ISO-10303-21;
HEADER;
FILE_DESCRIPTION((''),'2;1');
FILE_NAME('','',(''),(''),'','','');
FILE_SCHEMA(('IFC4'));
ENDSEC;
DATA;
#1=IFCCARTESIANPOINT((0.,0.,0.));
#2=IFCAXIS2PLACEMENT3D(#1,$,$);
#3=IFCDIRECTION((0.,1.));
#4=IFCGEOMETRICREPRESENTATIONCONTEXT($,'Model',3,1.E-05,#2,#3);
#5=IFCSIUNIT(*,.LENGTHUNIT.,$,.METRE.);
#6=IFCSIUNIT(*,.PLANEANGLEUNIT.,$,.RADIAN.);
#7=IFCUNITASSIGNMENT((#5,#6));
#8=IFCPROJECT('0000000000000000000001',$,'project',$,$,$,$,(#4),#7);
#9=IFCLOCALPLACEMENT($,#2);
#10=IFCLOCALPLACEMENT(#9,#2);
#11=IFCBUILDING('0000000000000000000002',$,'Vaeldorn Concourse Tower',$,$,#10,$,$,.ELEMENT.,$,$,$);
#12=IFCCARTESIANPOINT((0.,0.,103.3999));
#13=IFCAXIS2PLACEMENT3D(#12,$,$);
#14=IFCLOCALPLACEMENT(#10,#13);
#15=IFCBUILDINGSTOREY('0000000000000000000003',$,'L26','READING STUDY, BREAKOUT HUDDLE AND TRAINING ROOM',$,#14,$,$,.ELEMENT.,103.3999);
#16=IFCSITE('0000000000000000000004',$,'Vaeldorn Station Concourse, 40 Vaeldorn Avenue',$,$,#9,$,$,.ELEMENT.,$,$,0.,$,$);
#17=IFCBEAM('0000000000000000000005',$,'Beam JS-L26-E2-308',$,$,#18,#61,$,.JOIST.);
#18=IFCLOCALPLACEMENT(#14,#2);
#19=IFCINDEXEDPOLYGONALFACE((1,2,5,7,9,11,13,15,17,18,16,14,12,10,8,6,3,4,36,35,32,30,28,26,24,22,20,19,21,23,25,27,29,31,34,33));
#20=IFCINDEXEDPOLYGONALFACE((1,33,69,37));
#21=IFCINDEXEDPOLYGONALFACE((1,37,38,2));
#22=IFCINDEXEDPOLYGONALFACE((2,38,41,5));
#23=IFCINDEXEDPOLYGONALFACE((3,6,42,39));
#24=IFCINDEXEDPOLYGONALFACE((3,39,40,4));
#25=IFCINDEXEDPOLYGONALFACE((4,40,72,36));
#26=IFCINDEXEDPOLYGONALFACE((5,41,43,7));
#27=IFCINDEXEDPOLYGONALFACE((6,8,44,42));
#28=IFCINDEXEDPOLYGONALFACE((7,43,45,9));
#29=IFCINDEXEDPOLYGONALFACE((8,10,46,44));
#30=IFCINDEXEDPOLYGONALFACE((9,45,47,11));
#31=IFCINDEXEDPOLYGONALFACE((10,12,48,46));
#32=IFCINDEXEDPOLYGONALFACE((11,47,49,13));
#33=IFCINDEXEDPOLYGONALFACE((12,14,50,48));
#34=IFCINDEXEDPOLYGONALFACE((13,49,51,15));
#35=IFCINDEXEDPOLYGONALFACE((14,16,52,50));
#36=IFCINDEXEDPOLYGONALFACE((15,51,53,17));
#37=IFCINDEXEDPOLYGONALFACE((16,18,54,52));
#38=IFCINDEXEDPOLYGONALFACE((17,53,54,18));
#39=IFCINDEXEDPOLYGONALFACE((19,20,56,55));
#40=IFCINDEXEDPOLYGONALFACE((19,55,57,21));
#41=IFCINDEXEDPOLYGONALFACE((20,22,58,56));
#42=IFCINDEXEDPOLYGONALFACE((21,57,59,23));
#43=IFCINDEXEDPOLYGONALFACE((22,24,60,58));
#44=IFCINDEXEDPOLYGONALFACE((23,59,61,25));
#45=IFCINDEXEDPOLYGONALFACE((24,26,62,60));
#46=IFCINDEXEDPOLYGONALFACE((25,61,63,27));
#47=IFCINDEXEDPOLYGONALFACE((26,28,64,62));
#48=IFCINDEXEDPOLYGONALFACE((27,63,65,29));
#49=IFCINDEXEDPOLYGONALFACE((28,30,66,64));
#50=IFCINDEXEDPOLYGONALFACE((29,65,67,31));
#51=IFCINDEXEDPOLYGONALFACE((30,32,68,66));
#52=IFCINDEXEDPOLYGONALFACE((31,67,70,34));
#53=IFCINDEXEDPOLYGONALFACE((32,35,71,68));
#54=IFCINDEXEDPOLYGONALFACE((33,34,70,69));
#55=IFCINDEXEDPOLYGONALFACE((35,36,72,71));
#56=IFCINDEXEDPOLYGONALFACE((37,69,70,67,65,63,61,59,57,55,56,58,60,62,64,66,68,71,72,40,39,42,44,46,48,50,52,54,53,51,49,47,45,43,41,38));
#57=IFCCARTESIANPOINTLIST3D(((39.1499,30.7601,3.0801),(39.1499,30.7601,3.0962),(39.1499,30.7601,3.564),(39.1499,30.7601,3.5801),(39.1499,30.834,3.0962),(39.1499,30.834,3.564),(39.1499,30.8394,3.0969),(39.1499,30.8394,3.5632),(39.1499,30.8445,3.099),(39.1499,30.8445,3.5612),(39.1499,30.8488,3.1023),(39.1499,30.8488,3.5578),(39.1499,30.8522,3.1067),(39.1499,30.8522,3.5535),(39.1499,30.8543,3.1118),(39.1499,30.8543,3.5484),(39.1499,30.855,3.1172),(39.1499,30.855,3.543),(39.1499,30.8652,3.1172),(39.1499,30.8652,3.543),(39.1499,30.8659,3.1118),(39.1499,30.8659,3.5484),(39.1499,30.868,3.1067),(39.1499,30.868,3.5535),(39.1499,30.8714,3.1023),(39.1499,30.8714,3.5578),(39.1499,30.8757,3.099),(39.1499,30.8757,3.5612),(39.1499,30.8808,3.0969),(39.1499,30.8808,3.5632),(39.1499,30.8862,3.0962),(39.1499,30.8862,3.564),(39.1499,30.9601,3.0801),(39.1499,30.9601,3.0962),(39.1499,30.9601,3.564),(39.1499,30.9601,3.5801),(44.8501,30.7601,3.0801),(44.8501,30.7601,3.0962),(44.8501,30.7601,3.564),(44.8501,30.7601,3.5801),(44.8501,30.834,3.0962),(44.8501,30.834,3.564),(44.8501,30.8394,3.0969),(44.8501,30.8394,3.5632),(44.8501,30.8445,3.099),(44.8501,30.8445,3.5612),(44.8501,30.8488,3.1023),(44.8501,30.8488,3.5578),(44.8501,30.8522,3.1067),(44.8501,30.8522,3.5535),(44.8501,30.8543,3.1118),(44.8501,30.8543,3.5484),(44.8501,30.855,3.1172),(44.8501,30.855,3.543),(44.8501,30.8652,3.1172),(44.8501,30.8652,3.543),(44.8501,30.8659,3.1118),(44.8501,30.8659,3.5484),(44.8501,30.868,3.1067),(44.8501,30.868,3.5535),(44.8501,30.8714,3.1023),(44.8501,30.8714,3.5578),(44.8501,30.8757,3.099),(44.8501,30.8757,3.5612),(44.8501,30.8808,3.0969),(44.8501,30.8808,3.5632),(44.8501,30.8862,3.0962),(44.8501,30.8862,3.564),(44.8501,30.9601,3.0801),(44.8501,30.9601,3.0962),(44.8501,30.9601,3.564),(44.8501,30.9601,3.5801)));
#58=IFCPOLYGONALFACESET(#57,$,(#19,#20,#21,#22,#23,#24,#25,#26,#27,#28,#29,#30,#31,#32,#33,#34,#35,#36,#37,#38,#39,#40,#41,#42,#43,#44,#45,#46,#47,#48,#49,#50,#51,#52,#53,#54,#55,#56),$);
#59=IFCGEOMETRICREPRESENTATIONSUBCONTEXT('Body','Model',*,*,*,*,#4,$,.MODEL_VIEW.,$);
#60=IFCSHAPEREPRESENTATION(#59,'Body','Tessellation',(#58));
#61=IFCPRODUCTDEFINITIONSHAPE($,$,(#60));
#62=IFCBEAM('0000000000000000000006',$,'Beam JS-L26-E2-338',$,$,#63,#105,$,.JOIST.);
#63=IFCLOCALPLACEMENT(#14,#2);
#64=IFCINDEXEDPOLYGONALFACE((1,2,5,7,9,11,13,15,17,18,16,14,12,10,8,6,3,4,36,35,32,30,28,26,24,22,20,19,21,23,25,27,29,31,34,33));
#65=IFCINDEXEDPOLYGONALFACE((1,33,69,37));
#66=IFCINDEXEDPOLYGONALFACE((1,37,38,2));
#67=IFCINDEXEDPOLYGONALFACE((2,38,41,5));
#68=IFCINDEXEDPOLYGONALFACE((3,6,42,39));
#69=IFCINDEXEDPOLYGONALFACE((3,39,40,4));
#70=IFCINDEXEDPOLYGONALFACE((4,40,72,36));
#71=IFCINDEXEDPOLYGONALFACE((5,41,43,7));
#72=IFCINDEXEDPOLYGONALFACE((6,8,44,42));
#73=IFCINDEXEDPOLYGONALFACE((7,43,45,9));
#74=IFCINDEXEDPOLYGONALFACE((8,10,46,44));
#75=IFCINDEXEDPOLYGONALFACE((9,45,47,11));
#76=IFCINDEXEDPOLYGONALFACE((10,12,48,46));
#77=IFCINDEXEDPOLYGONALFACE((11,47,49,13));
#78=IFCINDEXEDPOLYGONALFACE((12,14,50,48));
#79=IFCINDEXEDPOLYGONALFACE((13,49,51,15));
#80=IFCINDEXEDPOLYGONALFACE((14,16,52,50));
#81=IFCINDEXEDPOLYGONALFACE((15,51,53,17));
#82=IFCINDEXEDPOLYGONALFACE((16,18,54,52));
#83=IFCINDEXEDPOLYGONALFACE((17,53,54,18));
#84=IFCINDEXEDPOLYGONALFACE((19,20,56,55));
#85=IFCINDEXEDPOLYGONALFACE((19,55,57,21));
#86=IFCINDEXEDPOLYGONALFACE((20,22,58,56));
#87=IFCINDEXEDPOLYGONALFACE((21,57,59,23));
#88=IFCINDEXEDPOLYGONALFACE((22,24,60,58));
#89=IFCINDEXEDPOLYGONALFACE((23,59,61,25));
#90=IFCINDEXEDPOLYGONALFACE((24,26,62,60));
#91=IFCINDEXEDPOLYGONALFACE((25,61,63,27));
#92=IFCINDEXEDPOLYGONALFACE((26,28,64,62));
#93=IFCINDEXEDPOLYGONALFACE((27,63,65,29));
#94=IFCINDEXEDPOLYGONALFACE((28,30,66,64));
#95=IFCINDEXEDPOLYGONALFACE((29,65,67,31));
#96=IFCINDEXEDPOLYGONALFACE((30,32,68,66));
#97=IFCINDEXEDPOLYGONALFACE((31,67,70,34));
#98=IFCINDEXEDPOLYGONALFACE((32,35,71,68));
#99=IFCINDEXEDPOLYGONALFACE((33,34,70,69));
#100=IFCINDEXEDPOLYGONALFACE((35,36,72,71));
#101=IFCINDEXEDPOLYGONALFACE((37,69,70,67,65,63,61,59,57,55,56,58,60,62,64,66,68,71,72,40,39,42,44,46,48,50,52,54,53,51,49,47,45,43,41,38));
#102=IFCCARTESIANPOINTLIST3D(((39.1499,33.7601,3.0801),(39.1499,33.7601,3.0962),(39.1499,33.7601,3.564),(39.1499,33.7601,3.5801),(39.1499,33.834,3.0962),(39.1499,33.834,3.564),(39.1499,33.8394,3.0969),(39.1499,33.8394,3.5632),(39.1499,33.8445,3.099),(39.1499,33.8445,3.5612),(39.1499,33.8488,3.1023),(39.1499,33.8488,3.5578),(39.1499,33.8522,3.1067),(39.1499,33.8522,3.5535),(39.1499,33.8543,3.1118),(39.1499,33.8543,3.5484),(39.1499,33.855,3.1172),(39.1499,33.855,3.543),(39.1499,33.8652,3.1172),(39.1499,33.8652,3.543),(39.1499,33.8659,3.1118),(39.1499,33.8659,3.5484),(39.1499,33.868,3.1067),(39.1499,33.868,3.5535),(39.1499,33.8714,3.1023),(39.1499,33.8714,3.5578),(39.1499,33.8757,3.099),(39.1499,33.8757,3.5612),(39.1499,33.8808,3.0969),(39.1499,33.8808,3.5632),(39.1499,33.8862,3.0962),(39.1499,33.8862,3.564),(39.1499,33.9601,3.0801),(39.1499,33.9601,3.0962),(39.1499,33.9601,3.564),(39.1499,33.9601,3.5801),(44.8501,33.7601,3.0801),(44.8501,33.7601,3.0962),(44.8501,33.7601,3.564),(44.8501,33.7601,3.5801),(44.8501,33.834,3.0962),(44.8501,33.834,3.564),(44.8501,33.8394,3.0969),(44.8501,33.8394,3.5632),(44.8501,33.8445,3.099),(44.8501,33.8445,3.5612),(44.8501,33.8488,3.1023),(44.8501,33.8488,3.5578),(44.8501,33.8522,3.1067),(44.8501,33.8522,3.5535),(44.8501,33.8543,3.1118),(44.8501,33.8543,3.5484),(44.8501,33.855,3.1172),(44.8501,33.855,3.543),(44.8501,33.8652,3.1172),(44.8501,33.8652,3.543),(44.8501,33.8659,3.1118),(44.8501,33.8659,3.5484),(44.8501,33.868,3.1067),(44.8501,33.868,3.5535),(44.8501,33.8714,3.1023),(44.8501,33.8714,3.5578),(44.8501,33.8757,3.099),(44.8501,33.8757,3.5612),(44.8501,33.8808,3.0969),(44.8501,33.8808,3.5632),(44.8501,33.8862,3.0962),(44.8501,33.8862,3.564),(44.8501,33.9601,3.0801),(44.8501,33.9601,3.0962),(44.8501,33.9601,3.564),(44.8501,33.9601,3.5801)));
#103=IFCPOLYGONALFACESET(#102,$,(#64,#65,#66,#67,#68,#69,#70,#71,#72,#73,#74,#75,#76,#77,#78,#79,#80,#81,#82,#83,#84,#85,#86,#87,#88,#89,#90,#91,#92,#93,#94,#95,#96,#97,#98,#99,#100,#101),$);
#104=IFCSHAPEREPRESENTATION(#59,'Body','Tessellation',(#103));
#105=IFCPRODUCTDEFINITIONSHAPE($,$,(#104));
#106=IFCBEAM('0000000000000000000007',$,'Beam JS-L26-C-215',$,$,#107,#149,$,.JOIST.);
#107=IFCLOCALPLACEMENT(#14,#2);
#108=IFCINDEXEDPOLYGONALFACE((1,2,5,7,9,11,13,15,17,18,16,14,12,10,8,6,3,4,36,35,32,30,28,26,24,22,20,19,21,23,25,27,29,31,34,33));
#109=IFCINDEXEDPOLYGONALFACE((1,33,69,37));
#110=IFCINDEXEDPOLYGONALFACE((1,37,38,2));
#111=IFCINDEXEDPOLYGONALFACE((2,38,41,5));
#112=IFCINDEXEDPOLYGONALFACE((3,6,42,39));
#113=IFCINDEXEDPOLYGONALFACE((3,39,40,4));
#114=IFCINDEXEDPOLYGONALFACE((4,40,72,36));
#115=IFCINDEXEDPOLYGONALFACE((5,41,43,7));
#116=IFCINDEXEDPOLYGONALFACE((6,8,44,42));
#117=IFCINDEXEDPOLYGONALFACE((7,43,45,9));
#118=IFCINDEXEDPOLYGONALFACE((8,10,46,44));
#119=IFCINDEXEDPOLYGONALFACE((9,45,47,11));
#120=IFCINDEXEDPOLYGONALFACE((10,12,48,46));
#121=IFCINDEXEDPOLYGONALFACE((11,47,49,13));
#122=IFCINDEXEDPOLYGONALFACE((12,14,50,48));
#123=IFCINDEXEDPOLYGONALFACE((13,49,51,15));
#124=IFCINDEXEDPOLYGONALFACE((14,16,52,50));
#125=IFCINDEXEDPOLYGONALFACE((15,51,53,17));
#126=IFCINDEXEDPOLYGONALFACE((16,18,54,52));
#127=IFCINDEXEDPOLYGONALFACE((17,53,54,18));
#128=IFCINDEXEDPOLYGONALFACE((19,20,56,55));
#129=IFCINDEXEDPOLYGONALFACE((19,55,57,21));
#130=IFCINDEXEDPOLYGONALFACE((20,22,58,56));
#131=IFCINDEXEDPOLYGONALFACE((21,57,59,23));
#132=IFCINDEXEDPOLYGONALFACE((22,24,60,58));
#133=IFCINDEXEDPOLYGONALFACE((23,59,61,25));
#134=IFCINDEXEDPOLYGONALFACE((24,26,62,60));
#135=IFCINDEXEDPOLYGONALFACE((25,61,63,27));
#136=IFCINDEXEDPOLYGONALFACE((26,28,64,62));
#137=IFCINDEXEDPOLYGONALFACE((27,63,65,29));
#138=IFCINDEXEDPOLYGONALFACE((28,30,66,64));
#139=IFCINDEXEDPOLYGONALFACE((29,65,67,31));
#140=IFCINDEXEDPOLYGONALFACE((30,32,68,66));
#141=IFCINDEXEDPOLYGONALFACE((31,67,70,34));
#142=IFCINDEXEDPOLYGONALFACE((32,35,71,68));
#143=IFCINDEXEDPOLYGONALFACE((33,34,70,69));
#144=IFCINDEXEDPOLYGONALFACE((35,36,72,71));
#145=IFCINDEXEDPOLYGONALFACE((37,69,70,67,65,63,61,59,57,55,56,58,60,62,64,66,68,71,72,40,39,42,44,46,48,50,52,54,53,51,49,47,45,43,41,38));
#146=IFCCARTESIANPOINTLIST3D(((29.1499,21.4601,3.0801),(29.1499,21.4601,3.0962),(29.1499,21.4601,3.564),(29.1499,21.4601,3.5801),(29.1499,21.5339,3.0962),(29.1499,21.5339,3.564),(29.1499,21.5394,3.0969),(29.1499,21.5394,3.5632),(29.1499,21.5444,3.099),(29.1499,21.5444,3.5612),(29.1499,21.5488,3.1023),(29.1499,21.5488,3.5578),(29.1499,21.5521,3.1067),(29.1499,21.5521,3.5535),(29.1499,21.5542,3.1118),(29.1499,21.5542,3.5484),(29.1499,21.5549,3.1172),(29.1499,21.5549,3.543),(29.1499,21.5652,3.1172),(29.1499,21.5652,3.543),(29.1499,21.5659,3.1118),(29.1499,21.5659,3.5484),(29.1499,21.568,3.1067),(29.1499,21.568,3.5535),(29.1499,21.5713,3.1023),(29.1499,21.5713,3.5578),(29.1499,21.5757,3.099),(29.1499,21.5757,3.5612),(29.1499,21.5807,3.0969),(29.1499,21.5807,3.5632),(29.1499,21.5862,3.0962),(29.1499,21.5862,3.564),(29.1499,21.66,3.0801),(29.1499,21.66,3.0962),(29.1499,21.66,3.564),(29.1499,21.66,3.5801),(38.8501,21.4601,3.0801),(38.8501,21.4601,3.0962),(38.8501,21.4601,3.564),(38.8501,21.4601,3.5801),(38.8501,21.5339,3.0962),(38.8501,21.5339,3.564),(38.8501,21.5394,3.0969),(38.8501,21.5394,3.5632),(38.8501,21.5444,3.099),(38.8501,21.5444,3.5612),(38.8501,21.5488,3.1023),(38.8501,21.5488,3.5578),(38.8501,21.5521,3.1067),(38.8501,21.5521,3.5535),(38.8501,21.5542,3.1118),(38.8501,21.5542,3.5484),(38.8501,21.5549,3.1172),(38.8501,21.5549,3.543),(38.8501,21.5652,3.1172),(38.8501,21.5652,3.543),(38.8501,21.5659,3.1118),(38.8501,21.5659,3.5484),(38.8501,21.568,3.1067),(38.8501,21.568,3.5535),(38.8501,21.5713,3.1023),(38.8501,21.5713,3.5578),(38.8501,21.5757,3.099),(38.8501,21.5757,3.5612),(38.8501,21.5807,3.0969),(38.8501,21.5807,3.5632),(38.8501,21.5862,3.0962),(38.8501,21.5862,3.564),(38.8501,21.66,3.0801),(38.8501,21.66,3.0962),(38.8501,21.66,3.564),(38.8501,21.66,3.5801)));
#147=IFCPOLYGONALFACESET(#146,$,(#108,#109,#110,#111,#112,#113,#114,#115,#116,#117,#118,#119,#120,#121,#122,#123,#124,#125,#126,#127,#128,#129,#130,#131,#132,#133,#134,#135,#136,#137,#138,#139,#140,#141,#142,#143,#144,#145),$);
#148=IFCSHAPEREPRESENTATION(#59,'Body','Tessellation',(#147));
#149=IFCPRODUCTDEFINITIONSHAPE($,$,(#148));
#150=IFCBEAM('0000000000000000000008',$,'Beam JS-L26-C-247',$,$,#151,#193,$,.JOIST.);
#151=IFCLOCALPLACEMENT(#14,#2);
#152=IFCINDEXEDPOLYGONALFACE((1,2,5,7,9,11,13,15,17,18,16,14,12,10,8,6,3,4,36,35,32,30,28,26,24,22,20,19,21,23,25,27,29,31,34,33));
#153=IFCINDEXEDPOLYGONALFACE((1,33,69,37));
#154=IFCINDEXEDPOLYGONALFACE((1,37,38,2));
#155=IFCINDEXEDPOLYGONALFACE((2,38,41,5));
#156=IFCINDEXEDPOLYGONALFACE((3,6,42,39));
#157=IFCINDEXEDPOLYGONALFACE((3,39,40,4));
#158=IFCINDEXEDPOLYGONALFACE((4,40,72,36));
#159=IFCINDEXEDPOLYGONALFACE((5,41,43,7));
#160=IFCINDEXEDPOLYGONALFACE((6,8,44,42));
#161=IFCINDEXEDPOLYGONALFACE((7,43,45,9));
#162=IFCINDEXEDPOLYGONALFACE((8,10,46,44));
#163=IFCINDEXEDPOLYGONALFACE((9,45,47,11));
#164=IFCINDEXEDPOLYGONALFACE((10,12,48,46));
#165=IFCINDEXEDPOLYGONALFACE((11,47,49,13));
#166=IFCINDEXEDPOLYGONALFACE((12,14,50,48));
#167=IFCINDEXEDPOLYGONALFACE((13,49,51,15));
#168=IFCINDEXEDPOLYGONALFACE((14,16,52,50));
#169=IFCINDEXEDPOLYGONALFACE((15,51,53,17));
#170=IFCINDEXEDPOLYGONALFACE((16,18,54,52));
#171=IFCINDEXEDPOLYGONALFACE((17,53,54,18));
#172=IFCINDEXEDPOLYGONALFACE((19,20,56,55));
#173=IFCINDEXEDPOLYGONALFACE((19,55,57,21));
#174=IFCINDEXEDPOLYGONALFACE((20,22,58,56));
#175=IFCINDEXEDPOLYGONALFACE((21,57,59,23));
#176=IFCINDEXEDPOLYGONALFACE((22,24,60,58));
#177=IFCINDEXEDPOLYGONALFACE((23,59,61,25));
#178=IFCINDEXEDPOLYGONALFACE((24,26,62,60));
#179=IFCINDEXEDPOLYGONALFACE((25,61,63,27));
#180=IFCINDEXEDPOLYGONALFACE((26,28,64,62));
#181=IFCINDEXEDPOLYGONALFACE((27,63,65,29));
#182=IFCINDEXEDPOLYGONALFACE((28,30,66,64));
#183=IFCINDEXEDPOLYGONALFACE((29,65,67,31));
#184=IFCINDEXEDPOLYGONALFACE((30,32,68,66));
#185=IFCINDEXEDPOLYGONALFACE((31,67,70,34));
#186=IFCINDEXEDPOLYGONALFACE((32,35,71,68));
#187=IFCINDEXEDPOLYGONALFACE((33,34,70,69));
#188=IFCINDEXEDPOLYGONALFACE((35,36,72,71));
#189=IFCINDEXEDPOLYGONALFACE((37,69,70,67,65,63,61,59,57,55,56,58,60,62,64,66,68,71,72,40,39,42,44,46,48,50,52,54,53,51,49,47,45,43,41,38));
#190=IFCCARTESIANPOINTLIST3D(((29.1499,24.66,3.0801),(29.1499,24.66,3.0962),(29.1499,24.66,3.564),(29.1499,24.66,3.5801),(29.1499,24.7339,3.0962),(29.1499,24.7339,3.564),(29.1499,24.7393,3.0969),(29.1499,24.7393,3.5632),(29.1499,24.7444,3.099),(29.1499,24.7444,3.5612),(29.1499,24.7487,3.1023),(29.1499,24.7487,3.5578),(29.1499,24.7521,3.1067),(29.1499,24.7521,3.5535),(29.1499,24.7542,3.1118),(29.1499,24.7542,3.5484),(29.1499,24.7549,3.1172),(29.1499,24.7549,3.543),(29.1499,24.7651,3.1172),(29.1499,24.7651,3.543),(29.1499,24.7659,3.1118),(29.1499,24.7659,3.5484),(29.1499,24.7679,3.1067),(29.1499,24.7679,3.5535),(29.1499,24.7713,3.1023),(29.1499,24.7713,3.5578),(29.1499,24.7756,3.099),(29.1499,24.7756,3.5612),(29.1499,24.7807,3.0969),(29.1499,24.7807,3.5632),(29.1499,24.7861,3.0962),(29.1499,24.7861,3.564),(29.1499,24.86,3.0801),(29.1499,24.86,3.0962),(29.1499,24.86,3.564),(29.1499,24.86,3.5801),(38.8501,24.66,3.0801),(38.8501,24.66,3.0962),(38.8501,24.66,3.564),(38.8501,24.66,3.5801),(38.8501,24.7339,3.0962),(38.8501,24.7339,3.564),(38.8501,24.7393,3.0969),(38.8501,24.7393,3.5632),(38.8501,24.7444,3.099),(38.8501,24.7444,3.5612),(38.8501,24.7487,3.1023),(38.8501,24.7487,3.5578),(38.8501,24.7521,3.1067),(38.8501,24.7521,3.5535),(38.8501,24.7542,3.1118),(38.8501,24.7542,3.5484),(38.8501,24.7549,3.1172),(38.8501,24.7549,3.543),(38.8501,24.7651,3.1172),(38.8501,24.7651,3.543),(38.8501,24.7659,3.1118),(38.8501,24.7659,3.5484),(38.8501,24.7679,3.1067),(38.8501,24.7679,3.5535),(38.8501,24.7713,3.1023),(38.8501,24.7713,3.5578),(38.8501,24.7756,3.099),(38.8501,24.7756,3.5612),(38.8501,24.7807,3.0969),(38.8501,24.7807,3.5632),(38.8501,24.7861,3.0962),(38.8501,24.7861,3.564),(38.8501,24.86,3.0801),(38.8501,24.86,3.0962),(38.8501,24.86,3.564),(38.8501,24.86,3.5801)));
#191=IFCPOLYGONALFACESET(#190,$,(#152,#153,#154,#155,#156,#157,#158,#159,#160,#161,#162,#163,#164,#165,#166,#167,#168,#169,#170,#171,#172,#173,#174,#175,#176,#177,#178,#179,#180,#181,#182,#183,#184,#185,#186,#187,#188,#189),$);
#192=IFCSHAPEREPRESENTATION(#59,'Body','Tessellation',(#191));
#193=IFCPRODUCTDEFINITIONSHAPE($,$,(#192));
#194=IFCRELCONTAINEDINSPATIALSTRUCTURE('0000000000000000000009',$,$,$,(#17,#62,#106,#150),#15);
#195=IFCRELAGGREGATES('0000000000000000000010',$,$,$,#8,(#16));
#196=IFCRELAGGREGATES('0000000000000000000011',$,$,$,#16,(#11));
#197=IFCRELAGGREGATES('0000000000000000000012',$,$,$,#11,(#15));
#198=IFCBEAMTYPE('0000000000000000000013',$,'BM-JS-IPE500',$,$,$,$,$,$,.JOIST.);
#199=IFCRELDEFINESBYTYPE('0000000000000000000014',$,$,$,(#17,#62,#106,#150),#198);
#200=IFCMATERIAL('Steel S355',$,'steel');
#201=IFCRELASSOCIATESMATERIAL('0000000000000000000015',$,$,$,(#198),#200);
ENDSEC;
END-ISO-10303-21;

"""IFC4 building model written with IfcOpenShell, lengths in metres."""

from ifc_helpers import new_model, si_unit, direction, frame, origin, origin_2d, place, context, subcontext, project, spatial, i_section, extrude, source, transform, mapped, material, material_profile, profile_set, type_object, element, save


model = new_model("IFC4")

# Units and contexts
model_context = context("Model", 3, precision=1e-05, world=origin(), true_north=direction((0.0, 1.0)))
body_context = subcontext(model_context, "Body", "Model", "MODEL_VIEW")
ifc_project = project(units=[si_unit("LENGTHUNIT", "METRE"), si_unit("PLANEANGLEUNIT", "RADIAN")], contexts=[model_context])

# Site, building, storey
site_placement = place(None, origin())
site = spatial("IfcSite", under=ifc_project, at=site_placement, Name="Vaeldorn Station Concourse, 40 Vaeldorn Avenue", CompositionType="ELEMENT", RefElevation=0.0)
building_placement = place(site_placement, origin())
building = spatial("IfcBuilding", under=site, at=building_placement, Name="Vaeldorn Concourse Tower", CompositionType="ELEMENT")
storey_placement = place(building_placement, frame((0.0, 0.0, 103.3999)))
storey = spatial("IfcBuildingStorey", under=building, at=storey_placement, Name="L26", Description="READING STUDY, BREAKOUT HUDDLE AND TRAINING ROOM", CompositionType="ELEMENT", Elevation=103.3999)

# Beams
ifc_material_1 = material(Name="Steel S355", Category="steel")
ifc_material_profile_1 = material_profile(ifc_material_1, i_section(OverallWidth=0.2, OverallDepth=0.5, WebThickness=0.0103, FlangeThickness=0.0161, FilletRadius=0.021, at=origin_2d()), Name="IPE 500")
ifc_profile_set_1 = profile_set([ifc_material_profile_1], Name="Steel S355")
beam_type_1 = type_object("IfcBeamType", Name="BM-JS-IPE500", PredefinedType="JOIST", material=ifc_profile_set_1)
shared_shape_1 = source(origin(), body_context, "Body", "SweptSolid", [
    extrude(i_section(OverallWidth=0.2, OverallDepth=0.5, WebThickness=0.0103, FlangeThickness=0.0161, FilletRadius=0.021, at=origin_2d()), origin(), (0.0, 0.0, 1.0), 5.7002),
])
for number, where, z_axis, x_axis, name in (
    (1, (39.1499, 30.8601, 3.3301), (1.0, 0.0, 0.0), (0.0, 1.0, 0.0), "Beam JS-L26-E2-308"),
    (2, (39.1499, 33.8601, 3.3301), (1.0, 0.0, 0.0), (0.0, 1.0, 0.0), "Beam JS-L26-E2-338"),
):
    element("IfcBeam", number, at=place(storey_placement, frame(where, z_axis=z_axis, x_axis=x_axis)), inside=storey, type_object=beam_type_1, Name=name, PredefinedType="JOIST", context=body_context, shape_type="MappedRepresentation", body=[
        mapped(shared_shape_1, transform((0.0, 0.0, 0.0), scale=1.0)),
    ])
shared_shape_2 = source(origin(), body_context, "Body", "SweptSolid", [
    extrude(i_section(OverallWidth=0.2, OverallDepth=0.5, WebThickness=0.0103, FlangeThickness=0.0161, FilletRadius=0.021, at=origin_2d()), origin(), (0.0, 0.0, 1.0), 9.7002),
])
for number, where, z_axis, x_axis, name in (
    (3, (29.1499, 21.5601, 3.3301), (1.0, 0.0, 0.0), (0.0, 1.0, 0.0), "Beam JS-L26-C-215"),
    (4, (29.1499, 24.76, 3.3301), (1.0, 0.0, 0.0), (0.0, 1.0, 0.0), "Beam JS-L26-C-247"),
):
    element("IfcBeam", number, at=place(storey_placement, frame(where, z_axis=z_axis, x_axis=x_axis)), inside=storey, type_object=beam_type_1, Name=name, PredefinedType="JOIST", context=body_context, shape_type="MappedRepresentation", body=[
        mapped(shared_shape_2, transform((0.0, 0.0, 0.0), scale=1.0)),
    ])

save(model, "model.ifc")
